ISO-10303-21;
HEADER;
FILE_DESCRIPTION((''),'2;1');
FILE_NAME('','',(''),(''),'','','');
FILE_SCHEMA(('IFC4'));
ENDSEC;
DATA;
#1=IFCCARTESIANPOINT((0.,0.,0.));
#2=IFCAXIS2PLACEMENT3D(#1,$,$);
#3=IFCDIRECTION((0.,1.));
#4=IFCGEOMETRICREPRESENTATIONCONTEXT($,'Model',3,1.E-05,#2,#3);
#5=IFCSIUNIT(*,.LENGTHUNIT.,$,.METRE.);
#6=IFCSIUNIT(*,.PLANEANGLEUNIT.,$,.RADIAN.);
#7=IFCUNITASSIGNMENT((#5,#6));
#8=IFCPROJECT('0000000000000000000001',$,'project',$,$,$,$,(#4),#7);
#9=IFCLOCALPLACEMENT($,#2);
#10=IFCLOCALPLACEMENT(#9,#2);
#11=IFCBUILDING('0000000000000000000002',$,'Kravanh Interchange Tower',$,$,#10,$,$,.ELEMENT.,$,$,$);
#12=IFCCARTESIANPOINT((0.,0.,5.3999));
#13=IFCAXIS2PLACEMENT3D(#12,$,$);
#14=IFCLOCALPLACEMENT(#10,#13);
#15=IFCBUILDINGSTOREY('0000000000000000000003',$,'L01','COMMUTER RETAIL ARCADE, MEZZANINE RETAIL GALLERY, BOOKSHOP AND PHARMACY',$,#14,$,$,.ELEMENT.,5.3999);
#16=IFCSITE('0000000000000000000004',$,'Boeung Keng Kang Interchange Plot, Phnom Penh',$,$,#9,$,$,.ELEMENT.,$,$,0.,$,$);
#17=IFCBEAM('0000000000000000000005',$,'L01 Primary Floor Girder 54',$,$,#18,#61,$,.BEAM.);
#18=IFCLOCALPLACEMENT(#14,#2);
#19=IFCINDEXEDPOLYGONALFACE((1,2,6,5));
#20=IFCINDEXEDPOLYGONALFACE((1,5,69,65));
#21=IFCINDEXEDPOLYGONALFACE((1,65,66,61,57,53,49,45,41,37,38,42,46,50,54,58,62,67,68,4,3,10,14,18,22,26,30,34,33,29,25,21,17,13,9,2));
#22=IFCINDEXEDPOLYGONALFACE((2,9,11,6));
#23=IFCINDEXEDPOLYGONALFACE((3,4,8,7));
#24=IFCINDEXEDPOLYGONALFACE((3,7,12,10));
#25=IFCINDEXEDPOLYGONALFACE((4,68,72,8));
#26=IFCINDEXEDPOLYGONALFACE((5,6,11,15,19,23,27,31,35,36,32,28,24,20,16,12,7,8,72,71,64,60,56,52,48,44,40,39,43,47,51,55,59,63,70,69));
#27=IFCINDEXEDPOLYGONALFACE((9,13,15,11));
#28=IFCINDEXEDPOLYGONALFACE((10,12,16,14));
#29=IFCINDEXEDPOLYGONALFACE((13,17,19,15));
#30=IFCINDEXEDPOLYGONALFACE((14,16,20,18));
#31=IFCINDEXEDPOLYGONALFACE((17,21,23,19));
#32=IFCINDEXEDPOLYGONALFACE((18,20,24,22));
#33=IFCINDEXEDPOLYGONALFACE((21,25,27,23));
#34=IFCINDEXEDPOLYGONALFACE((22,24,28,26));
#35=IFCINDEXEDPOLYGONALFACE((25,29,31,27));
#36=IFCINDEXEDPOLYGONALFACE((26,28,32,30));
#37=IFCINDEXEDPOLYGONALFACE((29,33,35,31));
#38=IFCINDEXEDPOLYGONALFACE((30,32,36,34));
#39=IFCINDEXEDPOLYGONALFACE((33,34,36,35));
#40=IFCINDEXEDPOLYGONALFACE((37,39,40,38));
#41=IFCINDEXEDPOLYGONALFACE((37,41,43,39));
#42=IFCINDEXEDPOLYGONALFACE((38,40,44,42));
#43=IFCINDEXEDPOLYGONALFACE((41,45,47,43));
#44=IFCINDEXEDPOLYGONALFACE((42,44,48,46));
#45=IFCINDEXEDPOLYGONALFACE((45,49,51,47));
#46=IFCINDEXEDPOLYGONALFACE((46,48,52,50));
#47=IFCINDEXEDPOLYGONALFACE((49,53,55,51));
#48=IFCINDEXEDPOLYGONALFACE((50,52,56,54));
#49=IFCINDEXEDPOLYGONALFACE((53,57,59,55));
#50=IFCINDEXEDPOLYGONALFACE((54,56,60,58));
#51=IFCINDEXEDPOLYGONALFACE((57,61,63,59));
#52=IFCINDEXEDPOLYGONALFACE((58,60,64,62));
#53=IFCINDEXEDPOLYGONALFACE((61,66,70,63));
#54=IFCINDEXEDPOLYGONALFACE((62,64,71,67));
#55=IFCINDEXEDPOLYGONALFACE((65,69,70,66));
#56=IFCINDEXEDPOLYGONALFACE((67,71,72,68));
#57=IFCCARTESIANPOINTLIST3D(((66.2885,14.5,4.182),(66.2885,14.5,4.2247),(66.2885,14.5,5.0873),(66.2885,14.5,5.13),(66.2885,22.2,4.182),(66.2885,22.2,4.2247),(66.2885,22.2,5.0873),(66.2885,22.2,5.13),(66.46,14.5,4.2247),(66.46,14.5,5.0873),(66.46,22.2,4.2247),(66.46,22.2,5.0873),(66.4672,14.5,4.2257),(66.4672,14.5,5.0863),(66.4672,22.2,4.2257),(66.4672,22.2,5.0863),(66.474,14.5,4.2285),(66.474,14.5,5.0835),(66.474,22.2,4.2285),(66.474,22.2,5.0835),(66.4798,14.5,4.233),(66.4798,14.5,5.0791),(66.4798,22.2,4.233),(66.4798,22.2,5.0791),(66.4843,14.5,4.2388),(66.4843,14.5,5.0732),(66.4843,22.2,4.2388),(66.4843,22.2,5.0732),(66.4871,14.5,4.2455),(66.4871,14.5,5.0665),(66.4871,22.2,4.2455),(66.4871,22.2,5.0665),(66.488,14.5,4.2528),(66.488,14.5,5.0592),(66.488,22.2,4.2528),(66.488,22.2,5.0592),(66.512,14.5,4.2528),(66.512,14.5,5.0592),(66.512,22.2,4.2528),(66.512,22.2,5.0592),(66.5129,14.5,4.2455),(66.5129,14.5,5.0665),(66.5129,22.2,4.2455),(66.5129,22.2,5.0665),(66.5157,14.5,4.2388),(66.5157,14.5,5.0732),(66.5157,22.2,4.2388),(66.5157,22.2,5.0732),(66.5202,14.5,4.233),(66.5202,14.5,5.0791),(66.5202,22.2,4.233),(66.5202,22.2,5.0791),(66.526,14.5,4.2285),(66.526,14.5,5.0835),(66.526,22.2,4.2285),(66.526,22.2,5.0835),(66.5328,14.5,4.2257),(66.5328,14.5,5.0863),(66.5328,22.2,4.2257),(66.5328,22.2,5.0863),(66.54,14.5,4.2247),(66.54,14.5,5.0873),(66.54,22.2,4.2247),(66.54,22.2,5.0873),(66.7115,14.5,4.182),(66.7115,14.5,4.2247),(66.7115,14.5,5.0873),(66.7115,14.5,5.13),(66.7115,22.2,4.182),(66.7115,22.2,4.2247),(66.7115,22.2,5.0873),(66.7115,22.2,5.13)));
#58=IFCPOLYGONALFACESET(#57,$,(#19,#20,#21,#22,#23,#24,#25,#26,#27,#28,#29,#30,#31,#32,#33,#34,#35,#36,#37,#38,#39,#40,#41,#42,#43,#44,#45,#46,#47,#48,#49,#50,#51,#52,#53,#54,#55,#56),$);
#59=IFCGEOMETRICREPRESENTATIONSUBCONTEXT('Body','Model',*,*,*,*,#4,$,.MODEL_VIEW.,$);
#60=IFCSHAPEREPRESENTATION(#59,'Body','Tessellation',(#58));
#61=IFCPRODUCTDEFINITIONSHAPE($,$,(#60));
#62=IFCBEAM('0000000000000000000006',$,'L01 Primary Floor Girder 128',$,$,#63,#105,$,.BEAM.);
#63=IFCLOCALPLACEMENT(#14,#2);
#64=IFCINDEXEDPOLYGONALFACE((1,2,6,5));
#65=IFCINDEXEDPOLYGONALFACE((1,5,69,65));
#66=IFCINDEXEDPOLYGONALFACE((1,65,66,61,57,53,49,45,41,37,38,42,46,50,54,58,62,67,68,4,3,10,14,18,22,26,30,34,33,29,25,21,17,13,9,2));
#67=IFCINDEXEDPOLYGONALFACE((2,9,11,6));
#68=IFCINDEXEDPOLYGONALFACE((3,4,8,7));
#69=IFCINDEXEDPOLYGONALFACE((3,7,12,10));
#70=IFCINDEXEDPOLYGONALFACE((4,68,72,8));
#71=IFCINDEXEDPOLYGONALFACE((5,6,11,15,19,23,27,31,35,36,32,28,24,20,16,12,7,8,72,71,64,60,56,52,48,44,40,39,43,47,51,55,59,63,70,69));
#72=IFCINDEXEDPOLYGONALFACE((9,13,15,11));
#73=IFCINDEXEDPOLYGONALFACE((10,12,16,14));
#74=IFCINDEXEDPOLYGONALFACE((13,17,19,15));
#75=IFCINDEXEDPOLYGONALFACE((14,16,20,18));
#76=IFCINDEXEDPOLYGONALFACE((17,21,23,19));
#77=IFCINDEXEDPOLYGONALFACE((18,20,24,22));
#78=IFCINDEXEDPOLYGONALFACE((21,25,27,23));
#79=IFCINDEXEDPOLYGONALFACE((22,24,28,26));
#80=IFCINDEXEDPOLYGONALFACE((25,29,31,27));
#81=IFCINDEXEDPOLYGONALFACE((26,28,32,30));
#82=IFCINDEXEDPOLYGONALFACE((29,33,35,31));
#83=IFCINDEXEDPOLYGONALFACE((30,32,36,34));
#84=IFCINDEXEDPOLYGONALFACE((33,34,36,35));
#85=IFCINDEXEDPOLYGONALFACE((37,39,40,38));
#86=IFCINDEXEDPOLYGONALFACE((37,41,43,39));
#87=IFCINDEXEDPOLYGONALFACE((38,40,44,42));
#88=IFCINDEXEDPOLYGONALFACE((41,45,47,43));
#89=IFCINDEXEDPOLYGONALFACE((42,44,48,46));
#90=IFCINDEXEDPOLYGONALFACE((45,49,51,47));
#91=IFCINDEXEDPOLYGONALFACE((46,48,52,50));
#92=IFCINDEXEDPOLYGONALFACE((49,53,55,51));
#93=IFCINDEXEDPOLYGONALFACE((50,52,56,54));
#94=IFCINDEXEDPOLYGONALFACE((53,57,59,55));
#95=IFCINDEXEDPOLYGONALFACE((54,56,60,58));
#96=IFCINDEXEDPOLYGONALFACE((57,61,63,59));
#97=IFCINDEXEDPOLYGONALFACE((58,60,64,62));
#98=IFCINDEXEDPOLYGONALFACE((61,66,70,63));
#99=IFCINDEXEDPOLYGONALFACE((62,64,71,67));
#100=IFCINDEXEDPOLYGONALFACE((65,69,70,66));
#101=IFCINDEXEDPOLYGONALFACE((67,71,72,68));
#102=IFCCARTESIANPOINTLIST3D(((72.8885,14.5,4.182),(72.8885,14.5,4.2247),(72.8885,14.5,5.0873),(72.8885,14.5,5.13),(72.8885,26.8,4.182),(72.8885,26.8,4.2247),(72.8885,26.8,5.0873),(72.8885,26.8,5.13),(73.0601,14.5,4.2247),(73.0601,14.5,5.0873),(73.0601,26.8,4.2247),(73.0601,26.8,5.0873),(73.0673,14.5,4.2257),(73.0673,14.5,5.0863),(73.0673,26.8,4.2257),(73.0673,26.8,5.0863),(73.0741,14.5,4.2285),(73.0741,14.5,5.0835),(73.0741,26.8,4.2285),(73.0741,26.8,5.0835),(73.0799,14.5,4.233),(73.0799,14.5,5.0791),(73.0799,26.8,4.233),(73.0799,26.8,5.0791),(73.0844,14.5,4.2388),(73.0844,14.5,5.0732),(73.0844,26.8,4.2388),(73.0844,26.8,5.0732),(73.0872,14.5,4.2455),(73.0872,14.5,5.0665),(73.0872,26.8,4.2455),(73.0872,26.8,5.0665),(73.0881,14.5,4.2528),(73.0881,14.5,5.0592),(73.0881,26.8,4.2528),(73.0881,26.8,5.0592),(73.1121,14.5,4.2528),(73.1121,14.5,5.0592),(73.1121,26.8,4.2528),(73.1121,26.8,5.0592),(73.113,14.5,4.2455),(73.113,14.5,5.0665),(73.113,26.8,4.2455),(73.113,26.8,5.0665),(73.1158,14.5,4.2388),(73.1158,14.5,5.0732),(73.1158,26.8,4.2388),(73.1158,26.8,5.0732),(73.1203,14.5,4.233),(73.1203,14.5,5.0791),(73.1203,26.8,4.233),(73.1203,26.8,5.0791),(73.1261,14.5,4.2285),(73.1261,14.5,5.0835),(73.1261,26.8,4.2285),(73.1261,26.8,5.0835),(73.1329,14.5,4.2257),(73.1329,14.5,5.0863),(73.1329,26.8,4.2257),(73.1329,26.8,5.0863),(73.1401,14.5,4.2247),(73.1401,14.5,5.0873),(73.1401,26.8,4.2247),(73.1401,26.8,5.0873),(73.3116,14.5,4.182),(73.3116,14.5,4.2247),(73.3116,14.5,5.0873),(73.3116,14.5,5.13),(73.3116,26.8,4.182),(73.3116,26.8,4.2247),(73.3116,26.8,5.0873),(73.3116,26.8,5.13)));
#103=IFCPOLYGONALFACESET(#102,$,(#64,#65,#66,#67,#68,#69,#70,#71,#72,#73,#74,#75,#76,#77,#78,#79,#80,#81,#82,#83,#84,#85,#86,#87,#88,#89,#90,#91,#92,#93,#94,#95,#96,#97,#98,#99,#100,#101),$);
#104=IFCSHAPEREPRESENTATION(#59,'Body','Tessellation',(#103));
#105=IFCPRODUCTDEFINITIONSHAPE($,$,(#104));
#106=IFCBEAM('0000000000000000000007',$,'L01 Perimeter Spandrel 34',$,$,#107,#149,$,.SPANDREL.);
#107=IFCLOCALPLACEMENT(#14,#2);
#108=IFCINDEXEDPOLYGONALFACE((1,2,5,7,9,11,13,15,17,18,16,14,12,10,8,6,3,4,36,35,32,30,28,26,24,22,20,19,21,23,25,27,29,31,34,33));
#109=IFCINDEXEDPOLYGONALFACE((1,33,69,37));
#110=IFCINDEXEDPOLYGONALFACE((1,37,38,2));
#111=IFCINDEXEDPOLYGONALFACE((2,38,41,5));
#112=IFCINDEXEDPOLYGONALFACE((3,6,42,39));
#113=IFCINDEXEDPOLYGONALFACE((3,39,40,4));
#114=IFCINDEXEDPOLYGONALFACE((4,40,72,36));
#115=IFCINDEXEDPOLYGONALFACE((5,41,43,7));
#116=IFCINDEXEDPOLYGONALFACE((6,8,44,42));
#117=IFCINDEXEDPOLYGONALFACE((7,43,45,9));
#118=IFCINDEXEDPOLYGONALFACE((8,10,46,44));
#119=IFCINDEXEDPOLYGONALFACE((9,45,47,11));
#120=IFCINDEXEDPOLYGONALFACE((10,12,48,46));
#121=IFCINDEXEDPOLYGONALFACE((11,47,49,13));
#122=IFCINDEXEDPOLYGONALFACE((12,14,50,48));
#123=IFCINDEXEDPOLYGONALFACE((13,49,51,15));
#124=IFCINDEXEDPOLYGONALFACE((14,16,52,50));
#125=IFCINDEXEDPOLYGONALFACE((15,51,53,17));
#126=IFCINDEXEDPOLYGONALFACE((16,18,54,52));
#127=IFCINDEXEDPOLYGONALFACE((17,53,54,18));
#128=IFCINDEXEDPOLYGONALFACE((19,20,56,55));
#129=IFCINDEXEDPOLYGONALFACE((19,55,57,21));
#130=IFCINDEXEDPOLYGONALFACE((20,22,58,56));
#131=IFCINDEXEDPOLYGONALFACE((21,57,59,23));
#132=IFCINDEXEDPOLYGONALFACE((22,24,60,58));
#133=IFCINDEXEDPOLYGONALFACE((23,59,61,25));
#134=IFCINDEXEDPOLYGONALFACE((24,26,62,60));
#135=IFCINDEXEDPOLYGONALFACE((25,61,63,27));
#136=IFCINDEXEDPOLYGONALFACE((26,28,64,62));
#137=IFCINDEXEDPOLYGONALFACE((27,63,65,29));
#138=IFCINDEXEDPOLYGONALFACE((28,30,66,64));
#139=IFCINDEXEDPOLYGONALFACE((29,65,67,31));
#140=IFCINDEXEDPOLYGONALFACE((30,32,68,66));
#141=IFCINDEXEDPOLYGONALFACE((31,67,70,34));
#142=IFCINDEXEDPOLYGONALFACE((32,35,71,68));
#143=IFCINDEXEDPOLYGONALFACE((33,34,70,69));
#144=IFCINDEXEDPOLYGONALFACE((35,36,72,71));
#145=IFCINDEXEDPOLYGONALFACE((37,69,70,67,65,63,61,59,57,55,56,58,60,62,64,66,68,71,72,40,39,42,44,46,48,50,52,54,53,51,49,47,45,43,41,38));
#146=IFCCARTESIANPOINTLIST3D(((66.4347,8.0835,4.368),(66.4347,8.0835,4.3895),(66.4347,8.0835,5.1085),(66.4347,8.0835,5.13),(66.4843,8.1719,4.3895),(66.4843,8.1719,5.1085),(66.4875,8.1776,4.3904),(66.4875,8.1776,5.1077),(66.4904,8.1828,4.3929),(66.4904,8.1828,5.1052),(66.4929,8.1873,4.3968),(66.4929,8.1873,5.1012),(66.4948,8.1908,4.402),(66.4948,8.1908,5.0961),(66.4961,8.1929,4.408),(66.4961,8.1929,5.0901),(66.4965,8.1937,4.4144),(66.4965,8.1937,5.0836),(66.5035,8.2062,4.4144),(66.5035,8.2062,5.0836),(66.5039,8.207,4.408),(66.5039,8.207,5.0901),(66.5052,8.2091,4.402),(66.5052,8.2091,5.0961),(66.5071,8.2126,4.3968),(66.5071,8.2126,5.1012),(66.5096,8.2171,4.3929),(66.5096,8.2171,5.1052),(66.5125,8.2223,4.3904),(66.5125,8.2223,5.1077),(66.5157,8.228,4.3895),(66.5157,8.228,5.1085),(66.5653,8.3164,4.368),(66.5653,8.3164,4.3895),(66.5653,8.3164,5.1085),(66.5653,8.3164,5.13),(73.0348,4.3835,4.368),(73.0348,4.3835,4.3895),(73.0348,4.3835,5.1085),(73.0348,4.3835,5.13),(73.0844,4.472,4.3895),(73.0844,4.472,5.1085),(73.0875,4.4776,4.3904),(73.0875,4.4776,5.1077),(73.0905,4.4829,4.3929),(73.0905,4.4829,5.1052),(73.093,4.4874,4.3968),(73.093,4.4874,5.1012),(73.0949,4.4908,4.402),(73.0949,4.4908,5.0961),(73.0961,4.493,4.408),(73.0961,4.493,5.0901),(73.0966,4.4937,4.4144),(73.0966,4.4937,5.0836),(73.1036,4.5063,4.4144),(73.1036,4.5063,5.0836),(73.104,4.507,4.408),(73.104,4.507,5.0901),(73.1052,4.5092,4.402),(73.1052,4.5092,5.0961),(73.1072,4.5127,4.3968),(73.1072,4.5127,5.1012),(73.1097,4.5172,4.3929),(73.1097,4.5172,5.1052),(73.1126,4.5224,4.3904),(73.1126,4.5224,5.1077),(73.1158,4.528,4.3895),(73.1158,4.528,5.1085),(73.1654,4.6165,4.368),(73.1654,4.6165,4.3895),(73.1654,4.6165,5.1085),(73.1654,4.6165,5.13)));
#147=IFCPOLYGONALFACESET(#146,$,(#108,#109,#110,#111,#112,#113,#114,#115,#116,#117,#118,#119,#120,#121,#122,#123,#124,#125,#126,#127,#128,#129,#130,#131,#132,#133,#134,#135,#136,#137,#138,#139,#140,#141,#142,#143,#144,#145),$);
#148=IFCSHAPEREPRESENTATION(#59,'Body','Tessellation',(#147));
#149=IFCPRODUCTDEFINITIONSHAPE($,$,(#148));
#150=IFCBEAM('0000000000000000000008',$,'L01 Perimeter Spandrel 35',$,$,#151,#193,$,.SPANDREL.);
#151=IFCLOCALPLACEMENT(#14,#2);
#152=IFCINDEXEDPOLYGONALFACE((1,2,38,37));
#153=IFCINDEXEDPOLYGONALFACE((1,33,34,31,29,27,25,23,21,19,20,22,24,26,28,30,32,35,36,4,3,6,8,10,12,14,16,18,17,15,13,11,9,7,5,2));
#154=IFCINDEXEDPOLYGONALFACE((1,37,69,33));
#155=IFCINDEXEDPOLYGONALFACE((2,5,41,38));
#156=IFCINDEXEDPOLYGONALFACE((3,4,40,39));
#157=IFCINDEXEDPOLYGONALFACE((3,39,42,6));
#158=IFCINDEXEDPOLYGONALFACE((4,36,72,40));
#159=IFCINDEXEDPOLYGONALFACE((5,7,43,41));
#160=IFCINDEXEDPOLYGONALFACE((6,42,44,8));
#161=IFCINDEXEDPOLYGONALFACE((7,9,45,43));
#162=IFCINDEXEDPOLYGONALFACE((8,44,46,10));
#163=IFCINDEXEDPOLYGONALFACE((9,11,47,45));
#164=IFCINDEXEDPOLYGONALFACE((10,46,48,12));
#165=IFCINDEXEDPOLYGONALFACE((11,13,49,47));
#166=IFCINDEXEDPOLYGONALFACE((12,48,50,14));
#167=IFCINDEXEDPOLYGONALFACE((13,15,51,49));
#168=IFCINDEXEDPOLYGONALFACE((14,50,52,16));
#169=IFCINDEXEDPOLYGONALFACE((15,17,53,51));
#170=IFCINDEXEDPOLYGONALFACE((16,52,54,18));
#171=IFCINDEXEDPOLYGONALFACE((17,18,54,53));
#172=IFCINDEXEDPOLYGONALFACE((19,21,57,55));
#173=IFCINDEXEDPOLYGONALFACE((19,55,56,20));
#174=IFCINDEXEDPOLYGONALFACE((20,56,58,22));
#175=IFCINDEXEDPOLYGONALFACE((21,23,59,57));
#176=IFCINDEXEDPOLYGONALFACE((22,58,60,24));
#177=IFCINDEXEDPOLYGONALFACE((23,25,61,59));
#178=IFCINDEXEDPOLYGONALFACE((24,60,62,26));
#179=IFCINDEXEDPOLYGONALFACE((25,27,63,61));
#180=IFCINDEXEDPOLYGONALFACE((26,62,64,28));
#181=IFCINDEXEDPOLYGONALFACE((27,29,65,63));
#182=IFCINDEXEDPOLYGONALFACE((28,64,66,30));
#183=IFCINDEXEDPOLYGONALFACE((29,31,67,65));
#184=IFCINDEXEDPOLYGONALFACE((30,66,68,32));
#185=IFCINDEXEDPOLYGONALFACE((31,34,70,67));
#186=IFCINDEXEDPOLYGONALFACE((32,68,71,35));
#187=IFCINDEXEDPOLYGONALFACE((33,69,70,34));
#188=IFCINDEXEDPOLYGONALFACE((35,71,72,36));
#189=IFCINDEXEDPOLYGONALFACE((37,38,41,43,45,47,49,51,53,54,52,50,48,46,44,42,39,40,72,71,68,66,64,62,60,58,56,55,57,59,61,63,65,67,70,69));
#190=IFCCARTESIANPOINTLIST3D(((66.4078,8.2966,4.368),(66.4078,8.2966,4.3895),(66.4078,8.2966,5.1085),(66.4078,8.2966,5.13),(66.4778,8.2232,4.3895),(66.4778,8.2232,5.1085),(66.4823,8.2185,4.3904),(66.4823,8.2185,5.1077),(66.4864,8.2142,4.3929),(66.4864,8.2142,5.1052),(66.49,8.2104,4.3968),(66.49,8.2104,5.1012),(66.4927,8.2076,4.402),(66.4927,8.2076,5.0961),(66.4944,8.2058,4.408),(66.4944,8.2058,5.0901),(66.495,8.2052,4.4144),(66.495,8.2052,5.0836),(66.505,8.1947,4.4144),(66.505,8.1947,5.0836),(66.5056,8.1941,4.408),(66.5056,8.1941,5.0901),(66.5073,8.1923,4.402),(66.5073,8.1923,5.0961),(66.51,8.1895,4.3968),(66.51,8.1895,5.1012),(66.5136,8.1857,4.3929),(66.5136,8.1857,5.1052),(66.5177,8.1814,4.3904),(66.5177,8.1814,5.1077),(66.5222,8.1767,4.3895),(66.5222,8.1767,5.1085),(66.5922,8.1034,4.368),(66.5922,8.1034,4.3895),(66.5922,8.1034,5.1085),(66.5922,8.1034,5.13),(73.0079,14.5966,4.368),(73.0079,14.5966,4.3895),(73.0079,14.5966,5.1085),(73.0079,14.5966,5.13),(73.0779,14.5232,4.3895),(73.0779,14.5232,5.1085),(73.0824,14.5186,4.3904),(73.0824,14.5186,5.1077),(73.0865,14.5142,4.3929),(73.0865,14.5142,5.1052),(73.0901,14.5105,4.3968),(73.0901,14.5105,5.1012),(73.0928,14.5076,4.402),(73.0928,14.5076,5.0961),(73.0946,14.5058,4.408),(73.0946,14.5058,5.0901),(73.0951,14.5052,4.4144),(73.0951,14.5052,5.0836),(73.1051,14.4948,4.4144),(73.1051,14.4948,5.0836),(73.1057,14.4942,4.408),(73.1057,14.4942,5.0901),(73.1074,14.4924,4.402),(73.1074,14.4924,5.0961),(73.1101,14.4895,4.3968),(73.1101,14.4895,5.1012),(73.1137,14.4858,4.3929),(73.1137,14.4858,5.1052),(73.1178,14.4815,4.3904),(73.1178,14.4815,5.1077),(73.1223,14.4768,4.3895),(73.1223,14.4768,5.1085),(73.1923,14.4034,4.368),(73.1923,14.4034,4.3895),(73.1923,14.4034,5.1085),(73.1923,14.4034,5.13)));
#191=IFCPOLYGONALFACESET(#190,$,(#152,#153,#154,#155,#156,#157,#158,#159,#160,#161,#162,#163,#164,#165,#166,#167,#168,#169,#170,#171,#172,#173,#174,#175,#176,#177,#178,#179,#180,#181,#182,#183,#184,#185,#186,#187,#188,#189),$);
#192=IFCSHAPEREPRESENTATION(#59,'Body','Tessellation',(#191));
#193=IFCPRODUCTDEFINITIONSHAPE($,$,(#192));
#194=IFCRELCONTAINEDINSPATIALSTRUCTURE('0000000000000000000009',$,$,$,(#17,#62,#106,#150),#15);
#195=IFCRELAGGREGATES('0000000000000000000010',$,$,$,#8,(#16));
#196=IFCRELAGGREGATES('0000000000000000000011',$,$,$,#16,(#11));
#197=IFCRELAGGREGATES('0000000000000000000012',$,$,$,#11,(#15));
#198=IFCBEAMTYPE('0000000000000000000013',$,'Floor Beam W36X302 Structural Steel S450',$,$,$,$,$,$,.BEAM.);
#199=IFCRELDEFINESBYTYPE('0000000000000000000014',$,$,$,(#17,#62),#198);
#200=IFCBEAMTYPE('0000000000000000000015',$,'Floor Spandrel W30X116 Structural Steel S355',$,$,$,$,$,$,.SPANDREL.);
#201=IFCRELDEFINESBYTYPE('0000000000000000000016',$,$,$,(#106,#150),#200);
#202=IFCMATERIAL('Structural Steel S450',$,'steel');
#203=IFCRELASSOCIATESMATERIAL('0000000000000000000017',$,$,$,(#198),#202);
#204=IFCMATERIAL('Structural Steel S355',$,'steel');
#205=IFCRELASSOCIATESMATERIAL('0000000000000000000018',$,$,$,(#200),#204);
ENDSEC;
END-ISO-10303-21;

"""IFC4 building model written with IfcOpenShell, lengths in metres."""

from ifc_helpers import new_model, si_unit, direction, frame, origin, origin_2d, place, context, subcontext, project, spatial, i_section, extrude, material, material_profile, profile_set, type_object, element, save


model = new_model("IFC4")

# Units and contexts
model_context = context("Model", 3, precision=1e-05, world=origin(), true_north=direction((0.0, 1.0)))
body_context = subcontext(model_context, "Body", "Model", "MODEL_VIEW")
ifc_project = project(units=[si_unit("LENGTHUNIT", "METRE"), si_unit("PLANEANGLEUNIT", "RADIAN")], contexts=[model_context])

# Site, building, storey
site_placement = place(None, origin())
site = spatial("IfcSite", under=ifc_project, at=site_placement, Name="Boeung Keng Kang Interchange Plot, Phnom Penh", CompositionType="ELEMENT", RefElevation=0.0)
building_placement = place(site_placement, origin())
building = spatial("IfcBuilding", under=site, at=building_placement, Name="Kravanh Interchange Tower", CompositionType="ELEMENT")
storey_placement = place(building_placement, frame((0.0, 0.0, 5.3999)))
storey = spatial("IfcBuildingStorey", under=building, at=storey_placement, Name="L01", Description="COMMUTER RETAIL ARCADE, MEZZANINE RETAIL GALLERY, BOOKSHOP AND PHARMACY", CompositionType="ELEMENT", Elevation=5.3999)

# Beams
ifc_material_1 = material(Name="Structural Steel S450", Category="steel")
ifc_material_profile_1 = material_profile(ifc_material_1, i_section(OverallWidth=0.4231, OverallDepth=0.948, WebThickness=0.0239, FlangeThickness=0.0427, FilletRadius=0.0281, at=origin_2d()), Name="W36X302")
ifc_profile_set_1 = profile_set([ifc_material_profile_1], Name="Structural Steel S450")
beam_type_1 = type_object("IfcBeamType", Name="Floor Beam W36X302 Structural Steel S450", PredefinedType="BEAM", material=ifc_profile_set_1)
beam_1_placement = place(storey_placement, frame((66.5, 14.5, 4.656), z_axis=(0.0, 1.0, 0.0), x_axis=(-1.0, 0.0, 0.0)))
element("IfcBeam", 1, at=beam_1_placement, inside=storey, type_object=beam_type_1, Name="L01 Primary Floor Girder 54", PredefinedType="BEAM", context=body_context, shape_type="SweptSolid", body=[
    extrude(i_section(OverallWidth=0.4231, OverallDepth=0.948, WebThickness=0.0239, FlangeThickness=0.0427, FilletRadius=0.0281, at=origin_2d()), origin(), (0.0, 0.0, 1.0), 7.7),
])
beam_2_placement = place(storey_placement, frame((73.1001, 14.5, 4.656), z_axis=(0.0, 1.0, 0.0), x_axis=(-1.0, 0.0, 0.0)))
element("IfcBeam", 2, at=beam_2_placement, inside=storey, type_object=beam_type_1, Name="L01 Primary Floor Girder 128", PredefinedType="BEAM", context=body_context, shape_type="SweptSolid", body=[
    extrude(i_section(OverallWidth=0.4231, OverallDepth=0.948, WebThickness=0.0239, FlangeThickness=0.0427, FilletRadius=0.0281, at=origin_2d()), origin(), (0.0, 0.0, 1.0), 12.3),
])
ifc_material_2 = material(Name="Structural Steel S355", Category="steel")
ifc_material_profile_2 = material_profile(ifc_material_2, i_section(OverallWidth=0.2671, OverallDepth=0.762, WebThickness=0.0144, FlangeThickness=0.0215, FilletRadius=0.0249, at=origin_2d()), Name="W30X116")
ifc_profile_set_2 = profile_set([ifc_material_profile_2], Name="Structural Steel S355")
beam_type_2 = type_object("IfcBeamType", Name="Floor Spandrel W30X116 Structural Steel S355", PredefinedType="SPANDREL", material=ifc_profile_set_2)
beam_3_placement = place(storey_placement, frame((66.5, 8.2, 4.749), z_axis=(0.872286, -0.488995, 0.0), x_axis=(0.488995, 0.872286, 0.0)))
element("IfcBeam", 3, at=beam_3_placement, inside=storey, type_object=beam_type_2, Name="L01 Perimeter Spandrel 34", PredefinedType="SPANDREL", context=body_context, shape_type="SweptSolid", body=[
    extrude(i_section(OverallWidth=0.2671, OverallDepth=0.762, WebThickness=0.0144, FlangeThickness=0.0215, FilletRadius=0.0249, at=origin_2d()), origin(), (0.0, 0.0, 1.0), 7.5664),
])
beam_4_placement = place(storey_placement, frame((66.5, 8.2, 4.749), z_axis=(0.723358, 0.690473, 0.0), x_axis=(-0.690473, 0.723358, 0.0)))
element("IfcBeam", 4, at=beam_4_placement, inside=storey, type_object=beam_type_2, Name="L01 Perimeter Spandrel 35", PredefinedType="SPANDREL", context=body_context, shape_type="SweptSolid", body=[
    extrude(i_section(OverallWidth=0.2671, OverallDepth=0.762, WebThickness=0.0144, FlangeThickness=0.0215, FilletRadius=0.0249, at=origin_2d()), origin(), (0.0, 0.0, 1.0), 9.1243),
])

save(model, "model.ifc")
